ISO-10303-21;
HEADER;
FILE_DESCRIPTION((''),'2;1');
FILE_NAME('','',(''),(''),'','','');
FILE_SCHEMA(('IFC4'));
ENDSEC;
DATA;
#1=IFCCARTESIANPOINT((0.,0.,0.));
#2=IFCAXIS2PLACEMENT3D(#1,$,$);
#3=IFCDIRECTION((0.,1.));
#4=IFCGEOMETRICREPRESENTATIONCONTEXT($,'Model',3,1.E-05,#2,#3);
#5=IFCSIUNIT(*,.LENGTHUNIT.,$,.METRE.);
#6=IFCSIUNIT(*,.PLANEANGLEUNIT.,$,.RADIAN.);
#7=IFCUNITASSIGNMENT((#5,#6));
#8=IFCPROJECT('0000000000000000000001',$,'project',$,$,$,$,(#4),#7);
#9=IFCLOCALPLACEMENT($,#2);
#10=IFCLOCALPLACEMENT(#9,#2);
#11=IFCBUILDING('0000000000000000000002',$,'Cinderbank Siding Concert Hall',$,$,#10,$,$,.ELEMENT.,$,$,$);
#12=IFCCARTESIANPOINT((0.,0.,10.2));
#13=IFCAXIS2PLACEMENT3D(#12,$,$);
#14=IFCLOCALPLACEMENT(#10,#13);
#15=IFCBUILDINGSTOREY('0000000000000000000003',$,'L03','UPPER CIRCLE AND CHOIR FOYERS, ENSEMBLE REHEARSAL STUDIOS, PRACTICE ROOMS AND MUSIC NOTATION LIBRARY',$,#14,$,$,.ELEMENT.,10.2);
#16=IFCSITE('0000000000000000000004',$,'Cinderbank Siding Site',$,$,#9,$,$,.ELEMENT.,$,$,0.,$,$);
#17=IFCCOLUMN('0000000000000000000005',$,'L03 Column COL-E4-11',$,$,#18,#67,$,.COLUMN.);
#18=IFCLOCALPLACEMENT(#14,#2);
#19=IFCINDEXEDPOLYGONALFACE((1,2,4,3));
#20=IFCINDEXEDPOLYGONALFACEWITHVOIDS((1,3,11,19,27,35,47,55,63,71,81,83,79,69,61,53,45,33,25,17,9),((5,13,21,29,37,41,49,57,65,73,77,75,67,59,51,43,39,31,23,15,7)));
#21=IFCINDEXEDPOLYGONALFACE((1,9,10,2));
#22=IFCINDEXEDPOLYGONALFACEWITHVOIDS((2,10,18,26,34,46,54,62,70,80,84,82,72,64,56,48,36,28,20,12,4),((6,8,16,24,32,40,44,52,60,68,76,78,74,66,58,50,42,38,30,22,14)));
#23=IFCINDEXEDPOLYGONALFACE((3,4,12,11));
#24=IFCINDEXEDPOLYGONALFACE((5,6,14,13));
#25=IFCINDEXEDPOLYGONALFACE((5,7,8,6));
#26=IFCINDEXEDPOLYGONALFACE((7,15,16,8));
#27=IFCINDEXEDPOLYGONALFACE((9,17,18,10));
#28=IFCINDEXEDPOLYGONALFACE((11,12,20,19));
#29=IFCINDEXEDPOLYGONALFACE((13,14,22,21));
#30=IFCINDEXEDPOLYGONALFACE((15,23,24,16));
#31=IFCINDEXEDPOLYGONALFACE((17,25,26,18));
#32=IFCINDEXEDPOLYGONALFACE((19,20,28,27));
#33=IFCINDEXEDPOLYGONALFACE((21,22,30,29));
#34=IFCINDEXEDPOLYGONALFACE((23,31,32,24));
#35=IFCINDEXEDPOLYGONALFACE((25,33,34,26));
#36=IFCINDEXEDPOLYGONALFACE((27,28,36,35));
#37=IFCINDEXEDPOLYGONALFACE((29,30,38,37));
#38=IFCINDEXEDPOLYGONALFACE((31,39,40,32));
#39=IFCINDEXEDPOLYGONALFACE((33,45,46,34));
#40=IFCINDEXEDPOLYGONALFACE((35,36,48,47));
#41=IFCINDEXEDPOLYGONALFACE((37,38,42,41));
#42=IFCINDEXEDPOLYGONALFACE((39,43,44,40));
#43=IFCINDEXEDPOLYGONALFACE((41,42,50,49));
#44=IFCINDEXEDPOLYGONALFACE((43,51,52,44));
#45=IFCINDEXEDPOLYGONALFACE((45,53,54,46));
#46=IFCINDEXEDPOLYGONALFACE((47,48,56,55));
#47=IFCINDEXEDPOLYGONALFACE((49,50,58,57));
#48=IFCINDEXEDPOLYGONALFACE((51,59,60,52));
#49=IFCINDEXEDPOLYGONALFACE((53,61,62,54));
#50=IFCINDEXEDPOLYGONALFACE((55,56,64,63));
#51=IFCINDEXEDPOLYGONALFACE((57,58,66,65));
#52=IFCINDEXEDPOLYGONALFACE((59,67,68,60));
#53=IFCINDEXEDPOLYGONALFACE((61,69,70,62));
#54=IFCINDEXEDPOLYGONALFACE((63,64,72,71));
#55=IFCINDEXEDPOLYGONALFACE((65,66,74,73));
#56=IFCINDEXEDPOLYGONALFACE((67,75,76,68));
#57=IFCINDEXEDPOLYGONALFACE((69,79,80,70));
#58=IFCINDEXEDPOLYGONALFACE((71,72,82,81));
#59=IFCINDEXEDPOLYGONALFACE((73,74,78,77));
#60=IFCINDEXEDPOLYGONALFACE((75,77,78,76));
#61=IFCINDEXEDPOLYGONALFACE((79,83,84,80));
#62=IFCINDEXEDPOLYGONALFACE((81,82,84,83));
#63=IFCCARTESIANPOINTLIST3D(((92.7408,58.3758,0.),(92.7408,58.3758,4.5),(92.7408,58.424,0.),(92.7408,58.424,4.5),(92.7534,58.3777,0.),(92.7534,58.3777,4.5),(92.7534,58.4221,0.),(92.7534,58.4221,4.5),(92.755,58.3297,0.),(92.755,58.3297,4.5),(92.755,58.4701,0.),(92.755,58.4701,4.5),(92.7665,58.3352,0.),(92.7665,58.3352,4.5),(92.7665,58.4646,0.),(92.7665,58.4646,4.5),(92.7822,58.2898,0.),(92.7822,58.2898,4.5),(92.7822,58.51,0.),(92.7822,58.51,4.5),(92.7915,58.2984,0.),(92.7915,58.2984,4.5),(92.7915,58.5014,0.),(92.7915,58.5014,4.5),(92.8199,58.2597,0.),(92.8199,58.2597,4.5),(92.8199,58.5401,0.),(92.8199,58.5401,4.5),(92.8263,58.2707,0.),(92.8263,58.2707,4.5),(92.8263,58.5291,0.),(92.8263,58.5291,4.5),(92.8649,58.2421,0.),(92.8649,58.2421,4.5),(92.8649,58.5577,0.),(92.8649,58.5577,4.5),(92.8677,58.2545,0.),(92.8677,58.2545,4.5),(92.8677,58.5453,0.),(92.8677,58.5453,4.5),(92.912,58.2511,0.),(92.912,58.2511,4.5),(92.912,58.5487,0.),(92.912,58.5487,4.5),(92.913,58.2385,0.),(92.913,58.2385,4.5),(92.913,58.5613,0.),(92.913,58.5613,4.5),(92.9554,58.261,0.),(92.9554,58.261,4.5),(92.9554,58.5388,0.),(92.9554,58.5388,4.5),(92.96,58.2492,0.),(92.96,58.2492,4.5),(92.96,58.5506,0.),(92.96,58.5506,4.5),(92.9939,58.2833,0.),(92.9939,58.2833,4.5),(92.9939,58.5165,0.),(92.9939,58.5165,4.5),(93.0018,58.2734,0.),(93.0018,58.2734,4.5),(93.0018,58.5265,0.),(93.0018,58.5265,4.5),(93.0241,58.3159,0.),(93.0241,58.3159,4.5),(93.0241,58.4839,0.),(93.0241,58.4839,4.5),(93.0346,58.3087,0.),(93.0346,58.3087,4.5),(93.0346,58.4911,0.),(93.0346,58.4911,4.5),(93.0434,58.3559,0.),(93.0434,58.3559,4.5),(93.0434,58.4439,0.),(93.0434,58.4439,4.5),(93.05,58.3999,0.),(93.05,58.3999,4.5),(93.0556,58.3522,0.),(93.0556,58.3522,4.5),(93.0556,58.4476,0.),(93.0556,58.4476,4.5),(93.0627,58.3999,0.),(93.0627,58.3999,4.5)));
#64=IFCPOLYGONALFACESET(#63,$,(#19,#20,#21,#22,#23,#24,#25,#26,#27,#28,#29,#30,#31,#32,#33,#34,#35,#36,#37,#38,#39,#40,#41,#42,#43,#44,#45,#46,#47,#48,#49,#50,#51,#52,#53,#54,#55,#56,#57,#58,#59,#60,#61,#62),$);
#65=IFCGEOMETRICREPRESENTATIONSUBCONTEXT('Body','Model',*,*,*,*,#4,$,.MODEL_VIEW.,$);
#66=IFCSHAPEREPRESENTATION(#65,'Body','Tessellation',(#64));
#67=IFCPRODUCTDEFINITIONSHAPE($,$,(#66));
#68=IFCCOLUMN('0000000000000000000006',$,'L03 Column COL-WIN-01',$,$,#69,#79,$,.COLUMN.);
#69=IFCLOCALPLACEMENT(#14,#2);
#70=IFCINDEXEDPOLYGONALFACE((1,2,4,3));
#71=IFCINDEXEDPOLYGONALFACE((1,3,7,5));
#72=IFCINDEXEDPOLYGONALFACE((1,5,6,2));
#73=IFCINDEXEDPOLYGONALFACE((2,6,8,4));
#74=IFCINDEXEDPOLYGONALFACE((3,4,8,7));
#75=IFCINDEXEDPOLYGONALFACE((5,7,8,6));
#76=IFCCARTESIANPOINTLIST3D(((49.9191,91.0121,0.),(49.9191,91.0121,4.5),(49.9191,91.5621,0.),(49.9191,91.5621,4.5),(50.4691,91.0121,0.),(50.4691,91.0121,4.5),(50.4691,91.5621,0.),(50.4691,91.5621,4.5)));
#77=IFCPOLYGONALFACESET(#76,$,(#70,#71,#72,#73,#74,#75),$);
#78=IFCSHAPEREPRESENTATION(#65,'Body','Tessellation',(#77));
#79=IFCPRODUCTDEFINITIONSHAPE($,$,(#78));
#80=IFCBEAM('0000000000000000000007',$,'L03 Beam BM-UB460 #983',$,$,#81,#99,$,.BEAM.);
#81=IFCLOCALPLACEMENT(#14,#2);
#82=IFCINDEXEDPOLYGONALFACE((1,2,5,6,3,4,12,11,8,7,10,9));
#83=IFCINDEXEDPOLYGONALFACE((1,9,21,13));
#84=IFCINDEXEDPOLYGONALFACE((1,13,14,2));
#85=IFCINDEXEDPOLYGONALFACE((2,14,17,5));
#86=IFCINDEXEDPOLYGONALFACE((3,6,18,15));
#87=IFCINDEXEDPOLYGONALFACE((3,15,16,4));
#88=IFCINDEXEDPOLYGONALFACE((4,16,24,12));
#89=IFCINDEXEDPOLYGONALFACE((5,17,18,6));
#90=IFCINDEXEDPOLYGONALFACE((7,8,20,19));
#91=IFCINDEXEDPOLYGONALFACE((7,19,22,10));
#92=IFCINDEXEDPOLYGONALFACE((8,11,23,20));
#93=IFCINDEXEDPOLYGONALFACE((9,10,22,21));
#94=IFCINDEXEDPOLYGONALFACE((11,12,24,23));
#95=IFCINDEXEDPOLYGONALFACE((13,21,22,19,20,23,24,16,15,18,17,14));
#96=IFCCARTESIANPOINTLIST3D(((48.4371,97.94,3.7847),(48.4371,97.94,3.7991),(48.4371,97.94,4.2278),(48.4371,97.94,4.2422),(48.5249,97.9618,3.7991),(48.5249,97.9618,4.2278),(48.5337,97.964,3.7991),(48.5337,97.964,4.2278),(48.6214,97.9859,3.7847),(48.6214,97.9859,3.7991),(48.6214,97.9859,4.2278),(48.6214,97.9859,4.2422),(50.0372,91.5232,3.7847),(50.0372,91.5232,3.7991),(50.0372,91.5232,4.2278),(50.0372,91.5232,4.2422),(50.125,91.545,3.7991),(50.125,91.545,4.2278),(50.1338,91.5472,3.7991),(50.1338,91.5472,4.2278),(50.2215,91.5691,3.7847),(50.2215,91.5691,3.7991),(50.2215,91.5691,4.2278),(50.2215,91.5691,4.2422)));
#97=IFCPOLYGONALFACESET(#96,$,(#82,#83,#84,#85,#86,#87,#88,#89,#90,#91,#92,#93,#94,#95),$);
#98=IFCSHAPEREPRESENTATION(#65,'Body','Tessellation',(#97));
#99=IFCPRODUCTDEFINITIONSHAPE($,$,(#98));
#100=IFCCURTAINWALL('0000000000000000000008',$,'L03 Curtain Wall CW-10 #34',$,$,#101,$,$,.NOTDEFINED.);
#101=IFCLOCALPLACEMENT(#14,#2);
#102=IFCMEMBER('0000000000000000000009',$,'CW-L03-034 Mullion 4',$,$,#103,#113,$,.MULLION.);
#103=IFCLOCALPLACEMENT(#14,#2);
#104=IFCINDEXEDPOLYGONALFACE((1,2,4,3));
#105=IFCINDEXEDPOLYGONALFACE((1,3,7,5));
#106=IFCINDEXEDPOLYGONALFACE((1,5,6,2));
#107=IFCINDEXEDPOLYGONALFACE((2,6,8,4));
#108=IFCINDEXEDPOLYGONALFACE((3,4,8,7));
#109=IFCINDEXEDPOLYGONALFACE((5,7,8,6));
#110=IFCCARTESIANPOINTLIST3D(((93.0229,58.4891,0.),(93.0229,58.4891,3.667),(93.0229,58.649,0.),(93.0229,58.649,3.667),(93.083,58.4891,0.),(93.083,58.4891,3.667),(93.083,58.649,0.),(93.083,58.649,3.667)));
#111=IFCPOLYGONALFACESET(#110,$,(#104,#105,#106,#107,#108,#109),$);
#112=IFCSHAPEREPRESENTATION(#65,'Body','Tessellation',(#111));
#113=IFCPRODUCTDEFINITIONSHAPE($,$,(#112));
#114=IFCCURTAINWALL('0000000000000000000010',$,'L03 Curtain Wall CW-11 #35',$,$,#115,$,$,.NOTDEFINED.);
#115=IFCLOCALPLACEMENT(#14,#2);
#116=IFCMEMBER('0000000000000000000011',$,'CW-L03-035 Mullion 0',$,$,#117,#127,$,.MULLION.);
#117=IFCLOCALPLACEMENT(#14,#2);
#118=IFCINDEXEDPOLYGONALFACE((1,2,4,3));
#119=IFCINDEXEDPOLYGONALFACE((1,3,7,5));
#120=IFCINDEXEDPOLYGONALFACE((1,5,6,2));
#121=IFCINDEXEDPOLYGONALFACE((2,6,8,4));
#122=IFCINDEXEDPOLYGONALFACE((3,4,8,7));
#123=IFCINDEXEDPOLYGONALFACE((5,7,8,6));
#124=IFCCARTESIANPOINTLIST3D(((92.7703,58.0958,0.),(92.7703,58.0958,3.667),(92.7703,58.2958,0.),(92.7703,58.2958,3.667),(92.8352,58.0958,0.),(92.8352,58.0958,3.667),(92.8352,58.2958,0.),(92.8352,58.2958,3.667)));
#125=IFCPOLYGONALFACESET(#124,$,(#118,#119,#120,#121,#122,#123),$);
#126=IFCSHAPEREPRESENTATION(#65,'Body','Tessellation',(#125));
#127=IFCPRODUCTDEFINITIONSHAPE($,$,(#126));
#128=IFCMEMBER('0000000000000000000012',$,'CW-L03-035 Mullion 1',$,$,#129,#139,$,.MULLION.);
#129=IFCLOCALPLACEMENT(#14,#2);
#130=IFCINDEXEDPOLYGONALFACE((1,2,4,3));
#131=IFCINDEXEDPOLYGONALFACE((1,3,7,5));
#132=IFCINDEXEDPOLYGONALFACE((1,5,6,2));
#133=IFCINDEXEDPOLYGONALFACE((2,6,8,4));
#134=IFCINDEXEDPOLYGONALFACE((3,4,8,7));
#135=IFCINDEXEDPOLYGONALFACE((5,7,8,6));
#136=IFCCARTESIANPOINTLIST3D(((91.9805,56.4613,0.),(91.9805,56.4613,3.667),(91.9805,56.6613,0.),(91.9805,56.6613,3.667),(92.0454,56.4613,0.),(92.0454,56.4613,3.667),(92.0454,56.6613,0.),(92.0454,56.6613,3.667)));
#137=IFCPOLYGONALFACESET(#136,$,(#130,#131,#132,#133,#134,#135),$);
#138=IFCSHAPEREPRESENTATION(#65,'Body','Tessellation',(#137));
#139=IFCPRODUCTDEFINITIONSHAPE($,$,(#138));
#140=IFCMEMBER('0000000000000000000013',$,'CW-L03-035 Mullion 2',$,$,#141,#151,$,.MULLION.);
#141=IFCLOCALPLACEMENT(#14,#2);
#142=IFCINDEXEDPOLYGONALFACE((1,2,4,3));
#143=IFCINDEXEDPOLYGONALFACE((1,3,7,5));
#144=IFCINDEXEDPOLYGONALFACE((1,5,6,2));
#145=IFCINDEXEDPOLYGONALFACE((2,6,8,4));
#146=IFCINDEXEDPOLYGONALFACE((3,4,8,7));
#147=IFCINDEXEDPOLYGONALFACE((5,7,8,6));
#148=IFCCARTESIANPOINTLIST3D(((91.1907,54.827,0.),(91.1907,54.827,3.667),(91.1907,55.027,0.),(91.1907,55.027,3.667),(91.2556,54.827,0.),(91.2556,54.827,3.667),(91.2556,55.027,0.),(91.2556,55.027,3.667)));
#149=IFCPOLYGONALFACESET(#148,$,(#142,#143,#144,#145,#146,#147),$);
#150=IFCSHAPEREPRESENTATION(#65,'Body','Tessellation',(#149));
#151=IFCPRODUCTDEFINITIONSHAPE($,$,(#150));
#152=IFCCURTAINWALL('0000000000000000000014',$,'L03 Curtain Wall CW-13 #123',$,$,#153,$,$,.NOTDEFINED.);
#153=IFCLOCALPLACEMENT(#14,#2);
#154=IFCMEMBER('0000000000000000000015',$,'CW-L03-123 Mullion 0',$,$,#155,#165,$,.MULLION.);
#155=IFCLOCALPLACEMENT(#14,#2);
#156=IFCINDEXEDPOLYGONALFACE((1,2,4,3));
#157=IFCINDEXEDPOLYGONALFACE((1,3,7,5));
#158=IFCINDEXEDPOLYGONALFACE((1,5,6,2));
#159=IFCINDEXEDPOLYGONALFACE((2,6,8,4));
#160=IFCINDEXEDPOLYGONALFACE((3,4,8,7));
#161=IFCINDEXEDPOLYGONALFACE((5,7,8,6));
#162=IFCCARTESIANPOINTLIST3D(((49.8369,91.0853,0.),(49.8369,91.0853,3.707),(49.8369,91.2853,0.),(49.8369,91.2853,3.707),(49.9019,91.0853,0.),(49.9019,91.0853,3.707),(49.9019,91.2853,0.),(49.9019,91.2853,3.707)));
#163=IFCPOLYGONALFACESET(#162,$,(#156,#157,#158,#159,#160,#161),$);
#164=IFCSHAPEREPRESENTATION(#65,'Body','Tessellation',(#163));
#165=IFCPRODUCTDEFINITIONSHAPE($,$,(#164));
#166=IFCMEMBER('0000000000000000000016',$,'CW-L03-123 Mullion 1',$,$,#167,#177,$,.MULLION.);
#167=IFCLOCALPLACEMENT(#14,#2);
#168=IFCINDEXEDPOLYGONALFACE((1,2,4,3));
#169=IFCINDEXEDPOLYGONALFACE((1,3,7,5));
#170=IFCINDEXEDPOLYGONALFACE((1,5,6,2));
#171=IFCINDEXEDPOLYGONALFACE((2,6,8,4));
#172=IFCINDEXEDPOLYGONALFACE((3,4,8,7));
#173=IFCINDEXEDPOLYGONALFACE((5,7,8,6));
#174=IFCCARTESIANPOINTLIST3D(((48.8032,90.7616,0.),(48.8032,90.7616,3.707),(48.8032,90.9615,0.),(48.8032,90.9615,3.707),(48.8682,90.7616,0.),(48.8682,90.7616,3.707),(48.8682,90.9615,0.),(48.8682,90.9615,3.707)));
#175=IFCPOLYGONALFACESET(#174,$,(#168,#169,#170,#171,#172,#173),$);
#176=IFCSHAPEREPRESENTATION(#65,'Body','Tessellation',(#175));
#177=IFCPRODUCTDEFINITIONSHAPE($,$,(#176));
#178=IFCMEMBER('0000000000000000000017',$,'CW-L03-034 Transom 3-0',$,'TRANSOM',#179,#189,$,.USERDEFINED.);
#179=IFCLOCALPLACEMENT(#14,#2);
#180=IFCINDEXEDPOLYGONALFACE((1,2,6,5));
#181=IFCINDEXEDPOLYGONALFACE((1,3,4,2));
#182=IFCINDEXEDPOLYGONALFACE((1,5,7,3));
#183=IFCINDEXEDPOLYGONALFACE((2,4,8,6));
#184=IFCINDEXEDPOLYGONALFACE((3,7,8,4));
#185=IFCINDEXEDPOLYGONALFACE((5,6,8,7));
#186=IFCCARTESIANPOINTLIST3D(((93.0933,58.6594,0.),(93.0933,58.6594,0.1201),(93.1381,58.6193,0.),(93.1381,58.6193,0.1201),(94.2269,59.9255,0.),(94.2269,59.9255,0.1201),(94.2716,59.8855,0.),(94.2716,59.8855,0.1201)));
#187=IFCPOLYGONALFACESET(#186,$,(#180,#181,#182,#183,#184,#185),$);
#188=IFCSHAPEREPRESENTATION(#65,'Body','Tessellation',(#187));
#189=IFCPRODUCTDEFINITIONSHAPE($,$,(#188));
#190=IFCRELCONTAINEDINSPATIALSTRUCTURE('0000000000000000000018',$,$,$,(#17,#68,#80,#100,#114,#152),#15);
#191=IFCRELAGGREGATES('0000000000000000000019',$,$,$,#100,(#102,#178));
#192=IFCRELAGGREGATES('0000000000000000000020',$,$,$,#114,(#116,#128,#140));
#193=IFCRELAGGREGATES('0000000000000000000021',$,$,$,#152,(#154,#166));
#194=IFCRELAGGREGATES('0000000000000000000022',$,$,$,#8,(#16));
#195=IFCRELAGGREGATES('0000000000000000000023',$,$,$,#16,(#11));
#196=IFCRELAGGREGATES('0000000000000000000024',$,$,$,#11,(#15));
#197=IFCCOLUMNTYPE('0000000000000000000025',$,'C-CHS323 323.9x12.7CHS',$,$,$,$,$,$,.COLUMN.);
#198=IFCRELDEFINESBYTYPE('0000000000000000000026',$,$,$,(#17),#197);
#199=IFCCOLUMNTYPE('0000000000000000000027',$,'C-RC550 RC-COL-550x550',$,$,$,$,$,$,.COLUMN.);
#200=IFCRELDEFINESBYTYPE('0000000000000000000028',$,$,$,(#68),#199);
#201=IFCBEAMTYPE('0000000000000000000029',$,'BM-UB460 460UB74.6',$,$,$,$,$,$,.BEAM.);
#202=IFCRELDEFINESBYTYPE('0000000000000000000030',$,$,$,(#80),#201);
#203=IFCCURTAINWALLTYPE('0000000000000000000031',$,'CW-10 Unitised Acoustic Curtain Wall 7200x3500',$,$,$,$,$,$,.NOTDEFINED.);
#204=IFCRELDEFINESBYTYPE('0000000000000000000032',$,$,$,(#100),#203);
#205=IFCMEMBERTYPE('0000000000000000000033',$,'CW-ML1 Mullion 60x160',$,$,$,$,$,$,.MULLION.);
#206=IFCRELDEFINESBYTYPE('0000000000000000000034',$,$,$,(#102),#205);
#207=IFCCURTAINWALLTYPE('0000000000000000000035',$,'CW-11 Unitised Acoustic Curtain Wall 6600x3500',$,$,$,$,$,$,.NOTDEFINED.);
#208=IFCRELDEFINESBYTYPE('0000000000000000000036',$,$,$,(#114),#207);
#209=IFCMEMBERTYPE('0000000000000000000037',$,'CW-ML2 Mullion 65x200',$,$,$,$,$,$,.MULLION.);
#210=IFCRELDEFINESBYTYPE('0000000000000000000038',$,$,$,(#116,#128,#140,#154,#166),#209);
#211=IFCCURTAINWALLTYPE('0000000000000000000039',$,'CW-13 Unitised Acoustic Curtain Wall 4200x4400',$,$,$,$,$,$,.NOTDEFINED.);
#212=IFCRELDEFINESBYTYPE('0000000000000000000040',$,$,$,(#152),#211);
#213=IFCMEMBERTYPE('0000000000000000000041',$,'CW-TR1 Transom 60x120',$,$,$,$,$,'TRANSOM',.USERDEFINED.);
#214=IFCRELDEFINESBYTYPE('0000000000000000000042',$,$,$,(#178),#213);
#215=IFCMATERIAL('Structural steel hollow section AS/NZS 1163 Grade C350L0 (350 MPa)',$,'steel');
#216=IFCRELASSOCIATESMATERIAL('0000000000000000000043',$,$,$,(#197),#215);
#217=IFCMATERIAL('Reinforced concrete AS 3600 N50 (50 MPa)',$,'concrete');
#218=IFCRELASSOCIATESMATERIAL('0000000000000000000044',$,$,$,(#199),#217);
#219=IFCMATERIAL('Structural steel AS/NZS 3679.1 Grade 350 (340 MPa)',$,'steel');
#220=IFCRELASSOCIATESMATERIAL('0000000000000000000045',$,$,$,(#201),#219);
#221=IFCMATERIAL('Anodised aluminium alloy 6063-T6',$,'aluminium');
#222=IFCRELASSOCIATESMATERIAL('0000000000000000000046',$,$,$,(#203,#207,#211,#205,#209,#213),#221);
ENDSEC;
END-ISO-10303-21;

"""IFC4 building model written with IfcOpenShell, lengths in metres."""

from ifc_helpers import new_model, si_unit, direction, frame, origin, origin_2d, place, context, subcontext, project, spatial, rectangle, hollow_circle, i_section, extrude, material, material_profile, profile_set, type_object, element, aggregate, save


model = new_model("IFC4")

# Units and contexts
model_context = context("Model", 3, precision=1e-05, world=origin(), true_north=direction((0.0, 1.0)))
body_context = subcontext(model_context, "Body", "Model", "MODEL_VIEW")
ifc_project = project(units=[si_unit("LENGTHUNIT", "METRE"), si_unit("PLANEANGLEUNIT", "RADIAN")], contexts=[model_context])

# Site, building, storey
site_placement = place(None, origin())
site = spatial("IfcSite", under=ifc_project, at=site_placement, Name="Cinderbank Siding Site", CompositionType="ELEMENT", RefElevation=0.0)
building_placement = place(site_placement, origin())
building = spatial("IfcBuilding", under=site, at=building_placement, Name="Cinderbank Siding Concert Hall", CompositionType="ELEMENT")
storey_placement = place(building_placement, frame((0.0, 0.0, 10.2)))
storey = spatial("IfcBuildingStorey", under=building, at=storey_placement, Name="L03", Description="UPPER CIRCLE AND CHOIR FOYERS, ENSEMBLE REHEARSAL STUDIOS, PRACTICE ROOMS AND MUSIC NOTATION LIBRARY", CompositionType="ELEMENT", Elevation=10.2)

# Columns
ifc_material_1 = material(Name="Structural steel hollow section AS/NZS 1163 Grade C350L0 (350 MPa)", Category="steel")
ifc_material_profile_1 = material_profile(ifc_material_1, hollow_circle(Radius=0.1619, WallThickness=0.0127, at=origin_2d()), Name="323.9x12.7CHS", Category="LoadBearing")
ifc_profile_set_1 = profile_set([ifc_material_profile_1], Name="Structural steel hollow section AS/NZS 1163 Grade C350L0 (350 MPa)")
column_type_1 = type_object("IfcColumnType", Name="C-CHS323 323.9x12.7CHS", PredefinedType="COLUMN", material=ifc_profile_set_1)
column_1_placement = place(storey_placement, frame((92.9009, 58.3999, 0.0), z_axis=(0.0, 0.0, 1.0), x_axis=(1.0, 0.0, 0.0)))
element("IfcColumn", 1, at=column_1_placement, inside=storey, type_object=column_type_1, Name="L03 Column COL-E4-11", PredefinedType="COLUMN", context=body_context, shape_type="SweptSolid", body=[
    extrude(hollow_circle(Radius=0.1619, WallThickness=0.0127, at=origin_2d()), origin(), (0.0, 0.0, 1.0), 4.5),
])
ifc_material_2 = material(Name="Reinforced concrete AS 3600 N50 (50 MPa)", Category="concrete")
ifc_material_profile_2 = material_profile(ifc_material_2, rectangle(XDim=0.55, YDim=0.55, at=origin_2d()), Name="RC-COL-550x550", Category="LoadBearing")
ifc_profile_set_2 = profile_set([ifc_material_profile_2], Name="Reinforced concrete AS 3600 N50 (50 MPa)")
column_type_2 = type_object("IfcColumnType", Name="C-RC550 RC-COL-550x550", PredefinedType="COLUMN", material=ifc_profile_set_2)
column_2_placement = place(storey_placement, frame((50.1941, 91.2871, 0.0), z_axis=(0.0, 0.0, 1.0), x_axis=(1.0, 0.0, 0.0)))
element("IfcColumn", 2, at=column_2_placement, inside=storey, type_object=column_type_2, Name="L03 Column COL-WIN-01", PredefinedType="COLUMN", context=body_context, shape_type="SweptSolid", body=[
    extrude(rectangle(XDim=0.55, YDim=0.55, at=origin_2d()), origin(), (0.0, 0.0, 1.0), 4.5),
])

# Beam
ifc_material_3 = material(Name="Structural steel AS/NZS 3679.1 Grade 350 (340 MPa)", Category="steel")
ifc_material_profile_3 = material_profile(ifc_material_3, i_section(OverallWidth=0.1899, OverallDepth=0.4575, WebThickness=0.009, FlangeThickness=0.0144, at=origin_2d()), Name="460UB74.6", Category="LoadBearing")
ifc_profile_set_3 = profile_set([ifc_material_profile_3], Name="Structural steel AS/NZS 3679.1 Grade 350 (340 MPa)")
beam_type_1 = type_object("IfcBeamType", Name="BM-UB460 460UB74.6", PredefinedType="BEAM", material=ifc_profile_set_3)
beam_1_placement = place(storey_placement, frame((50.1294, 91.5461, 4.0134), z_axis=(-0.241954, 0.970288, 0.0), x_axis=(-0.970288, -0.241954, 0.0)))
element("IfcBeam", 3, at=beam_1_placement, inside=storey, type_object=beam_type_1, Name="L03 Beam BM-UB460 #983", PredefinedType="BEAM", context=body_context, shape_type="SweptSolid", body=[
    extrude(i_section(OverallWidth=0.1899, OverallDepth=0.4575, WebThickness=0.009, FlangeThickness=0.0144, at=origin_2d()), origin(), (0.0, 0.0, 1.0), 6.6133),
])

# Curtain wall, member
ifc_material_4 = material(Name="Anodised aluminium alloy 6063-T6", Category="aluminium")
curtain_wall_type_1 = type_object("IfcCurtainWallType", Name="CW-10 Unitised Acoustic Curtain Wall 7200x3500", PredefinedType="NOTDEFINED", material=ifc_material_4)
curtain_wall_1_placement = place(storey_placement, origin())
curtain_wall_1 = element("IfcCurtainWall", 4, at=curtain_wall_1_placement, inside=storey, type_object=curtain_wall_type_1, Name="L03 Curtain Wall CW-10 #34", PredefinedType="NOTDEFINED")
ifc_material_profile_4 = material_profile(ifc_material_4, rectangle(XDim=0.0601, YDim=0.1599, at=origin_2d()), Name="ALU-MULL-60x160", Category="LoadBearing")
ifc_profile_set_4 = profile_set([ifc_material_profile_4], Name="Anodised aluminium alloy 6063-T6")
member_type_1 = type_object("IfcMemberType", Name="CW-ML1 Mullion 60x160", PredefinedType="MULLION", material=ifc_profile_set_4)
member_1_placement = place(storey_placement, frame((93.053, 58.5691, 0.0), z_axis=(0.0, 0.0, 1.0), x_axis=(1.0, 0.0, 0.0)))
member_1 = element("IfcMember", 5, at=member_1_placement, type_object=member_type_1, Name="CW-L03-034 Mullion 4", PredefinedType="MULLION", context=body_context, shape_type="SweptSolid", body=[
    extrude(rectangle(XDim=0.0601, YDim=0.1599, at=origin_2d()), origin(), (0.0, 0.0, 1.0), 3.667),
])

# Curtain walls, members
curtain_wall_type_2 = type_object("IfcCurtainWallType", Name="CW-11 Unitised Acoustic Curtain Wall 6600x3500", PredefinedType="NOTDEFINED", material=ifc_material_4)
curtain_wall_2_placement = place(storey_placement, origin())
curtain_wall_2 = element("IfcCurtainWall", 6, at=curtain_wall_2_placement, inside=storey, type_object=curtain_wall_type_2, Name="L03 Curtain Wall CW-11 #35", PredefinedType="NOTDEFINED")
ifc_material_profile_5 = material_profile(ifc_material_4, rectangle(XDim=0.0649, YDim=0.2, at=origin_2d()), Name="ALU-MULL-65x200", Category="LoadBearing")
ifc_profile_set_5 = profile_set([ifc_material_profile_5], Name="Anodised aluminium alloy 6063-T6")
member_type_2 = type_object("IfcMemberType", Name="CW-ML2 Mullion 65x200", PredefinedType="MULLION", material=ifc_profile_set_5)
member_2_placement = place(storey_placement, frame((92.8027, 58.1958, 0.0), z_axis=(0.0, 0.0, 1.0), x_axis=(1.0, 0.0, 0.0)))
member_2 = element("IfcMember", 7, at=member_2_placement, type_object=member_type_2, Name="CW-L03-035 Mullion 0", PredefinedType="MULLION", context=body_context, shape_type="SweptSolid", body=[
    extrude(rectangle(XDim=0.0649, YDim=0.2, at=origin_2d()), origin(), (0.0, 0.0, 1.0), 3.667),
])
member_3_placement = place(storey_placement, frame((92.0129, 56.5613, 0.0), z_axis=(0.0, 0.0, 1.0), x_axis=(1.0, 0.0, 0.0)))
member_3 = element("IfcMember", 8, at=member_3_placement, type_object=member_type_2, Name="CW-L03-035 Mullion 1", PredefinedType="MULLION", context=body_context, shape_type="SweptSolid", body=[
    extrude(rectangle(XDim=0.0649, YDim=0.2, at=origin_2d()), origin(), (0.0, 0.0, 1.0), 3.667),
])
member_4_placement = place(storey_placement, frame((91.2231, 54.927, 0.0), z_axis=(0.0, 0.0, 1.0), x_axis=(1.0, 0.0, 0.0)))
member_4 = element("IfcMember", 9, at=member_4_placement, type_object=member_type_2, Name="CW-L03-035 Mullion 2", PredefinedType="MULLION", context=body_context, shape_type="SweptSolid", body=[
    extrude(rectangle(XDim=0.0649, YDim=0.2, at=origin_2d()), origin(), (0.0, 0.0, 1.0), 3.667),
])
curtain_wall_type_3 = type_object("IfcCurtainWallType", Name="CW-13 Unitised Acoustic Curtain Wall 4200x4400", PredefinedType="NOTDEFINED", material=ifc_material_4)
curtain_wall_3_placement = place(storey_placement, origin())
curtain_wall_3 = element("IfcCurtainWall", 10, at=curtain_wall_3_placement, inside=storey, type_object=curtain_wall_type_3, Name="L03 Curtain Wall CW-13 #123", PredefinedType="NOTDEFINED")
member_5_placement = place(storey_placement, frame((49.8694, 91.1853, 0.0), z_axis=(0.0, 0.0, 1.0), x_axis=(1.0, 0.0, 0.0)))
member_5 = element("IfcMember", 11, at=member_5_placement, type_object=member_type_2, Name="CW-L03-123 Mullion 0", PredefinedType="MULLION", context=body_context, shape_type="SweptSolid", body=[
    extrude(rectangle(XDim=0.0649, YDim=0.2, at=origin_2d()), origin(), (0.0, 0.0, 1.0), 3.707),
])
member_6_placement = place(storey_placement, frame((48.8357, 90.8616, 0.0), z_axis=(0.0, 0.0, 1.0), x_axis=(1.0, 0.0, 0.0)))
member_6 = element("IfcMember", 12, at=member_6_placement, type_object=member_type_2, Name="CW-L03-123 Mullion 1", PredefinedType="MULLION", context=body_context, shape_type="SweptSolid", body=[
    extrude(rectangle(XDim=0.0649, YDim=0.2, at=origin_2d()), origin(), (0.0, 0.0, 1.0), 3.707),
])

# Member
ifc_material_profile_6 = material_profile(ifc_material_4, rectangle(XDim=0.0601, YDim=0.1201, at=origin_2d()), Name="ALU-TRAN-60x120", Category="LoadBearing")
ifc_profile_set_6 = profile_set([ifc_material_profile_6], Name="Anodised aluminium alloy 6063-T6")
member_type_3 = type_object("IfcMemberType", Name="CW-TR1 Transom 60x120", ElementType="TRANSOM", PredefinedType="USERDEFINED", material=ifc_profile_set_6)
member_7_placement = place(storey_placement, frame((94.2493, 59.9055, 0.0601), z_axis=(-0.667026, -0.745035, 0.0), x_axis=(0.745035, -0.667026, 0.0)))
member_7 = element("IfcMember", 13, at=member_7_placement, type_object=member_type_3, Name="CW-L03-034 Transom 3-0", ObjectType="TRANSOM", PredefinedType="USERDEFINED", context=body_context, shape_type="SweptSolid", body=[
    extrude(rectangle(XDim=0.0601, YDim=0.1201, at=origin_2d()), origin(), (0.0, 0.0, 1.0), 1.6995),
])

aggregate(curtain_wall_1, [member_1, member_7])
aggregate(curtain_wall_2, [member_2, member_3, member_4])
aggregate(curtain_wall_3, [member_5, member_6])

save(model, "model.ifc")
